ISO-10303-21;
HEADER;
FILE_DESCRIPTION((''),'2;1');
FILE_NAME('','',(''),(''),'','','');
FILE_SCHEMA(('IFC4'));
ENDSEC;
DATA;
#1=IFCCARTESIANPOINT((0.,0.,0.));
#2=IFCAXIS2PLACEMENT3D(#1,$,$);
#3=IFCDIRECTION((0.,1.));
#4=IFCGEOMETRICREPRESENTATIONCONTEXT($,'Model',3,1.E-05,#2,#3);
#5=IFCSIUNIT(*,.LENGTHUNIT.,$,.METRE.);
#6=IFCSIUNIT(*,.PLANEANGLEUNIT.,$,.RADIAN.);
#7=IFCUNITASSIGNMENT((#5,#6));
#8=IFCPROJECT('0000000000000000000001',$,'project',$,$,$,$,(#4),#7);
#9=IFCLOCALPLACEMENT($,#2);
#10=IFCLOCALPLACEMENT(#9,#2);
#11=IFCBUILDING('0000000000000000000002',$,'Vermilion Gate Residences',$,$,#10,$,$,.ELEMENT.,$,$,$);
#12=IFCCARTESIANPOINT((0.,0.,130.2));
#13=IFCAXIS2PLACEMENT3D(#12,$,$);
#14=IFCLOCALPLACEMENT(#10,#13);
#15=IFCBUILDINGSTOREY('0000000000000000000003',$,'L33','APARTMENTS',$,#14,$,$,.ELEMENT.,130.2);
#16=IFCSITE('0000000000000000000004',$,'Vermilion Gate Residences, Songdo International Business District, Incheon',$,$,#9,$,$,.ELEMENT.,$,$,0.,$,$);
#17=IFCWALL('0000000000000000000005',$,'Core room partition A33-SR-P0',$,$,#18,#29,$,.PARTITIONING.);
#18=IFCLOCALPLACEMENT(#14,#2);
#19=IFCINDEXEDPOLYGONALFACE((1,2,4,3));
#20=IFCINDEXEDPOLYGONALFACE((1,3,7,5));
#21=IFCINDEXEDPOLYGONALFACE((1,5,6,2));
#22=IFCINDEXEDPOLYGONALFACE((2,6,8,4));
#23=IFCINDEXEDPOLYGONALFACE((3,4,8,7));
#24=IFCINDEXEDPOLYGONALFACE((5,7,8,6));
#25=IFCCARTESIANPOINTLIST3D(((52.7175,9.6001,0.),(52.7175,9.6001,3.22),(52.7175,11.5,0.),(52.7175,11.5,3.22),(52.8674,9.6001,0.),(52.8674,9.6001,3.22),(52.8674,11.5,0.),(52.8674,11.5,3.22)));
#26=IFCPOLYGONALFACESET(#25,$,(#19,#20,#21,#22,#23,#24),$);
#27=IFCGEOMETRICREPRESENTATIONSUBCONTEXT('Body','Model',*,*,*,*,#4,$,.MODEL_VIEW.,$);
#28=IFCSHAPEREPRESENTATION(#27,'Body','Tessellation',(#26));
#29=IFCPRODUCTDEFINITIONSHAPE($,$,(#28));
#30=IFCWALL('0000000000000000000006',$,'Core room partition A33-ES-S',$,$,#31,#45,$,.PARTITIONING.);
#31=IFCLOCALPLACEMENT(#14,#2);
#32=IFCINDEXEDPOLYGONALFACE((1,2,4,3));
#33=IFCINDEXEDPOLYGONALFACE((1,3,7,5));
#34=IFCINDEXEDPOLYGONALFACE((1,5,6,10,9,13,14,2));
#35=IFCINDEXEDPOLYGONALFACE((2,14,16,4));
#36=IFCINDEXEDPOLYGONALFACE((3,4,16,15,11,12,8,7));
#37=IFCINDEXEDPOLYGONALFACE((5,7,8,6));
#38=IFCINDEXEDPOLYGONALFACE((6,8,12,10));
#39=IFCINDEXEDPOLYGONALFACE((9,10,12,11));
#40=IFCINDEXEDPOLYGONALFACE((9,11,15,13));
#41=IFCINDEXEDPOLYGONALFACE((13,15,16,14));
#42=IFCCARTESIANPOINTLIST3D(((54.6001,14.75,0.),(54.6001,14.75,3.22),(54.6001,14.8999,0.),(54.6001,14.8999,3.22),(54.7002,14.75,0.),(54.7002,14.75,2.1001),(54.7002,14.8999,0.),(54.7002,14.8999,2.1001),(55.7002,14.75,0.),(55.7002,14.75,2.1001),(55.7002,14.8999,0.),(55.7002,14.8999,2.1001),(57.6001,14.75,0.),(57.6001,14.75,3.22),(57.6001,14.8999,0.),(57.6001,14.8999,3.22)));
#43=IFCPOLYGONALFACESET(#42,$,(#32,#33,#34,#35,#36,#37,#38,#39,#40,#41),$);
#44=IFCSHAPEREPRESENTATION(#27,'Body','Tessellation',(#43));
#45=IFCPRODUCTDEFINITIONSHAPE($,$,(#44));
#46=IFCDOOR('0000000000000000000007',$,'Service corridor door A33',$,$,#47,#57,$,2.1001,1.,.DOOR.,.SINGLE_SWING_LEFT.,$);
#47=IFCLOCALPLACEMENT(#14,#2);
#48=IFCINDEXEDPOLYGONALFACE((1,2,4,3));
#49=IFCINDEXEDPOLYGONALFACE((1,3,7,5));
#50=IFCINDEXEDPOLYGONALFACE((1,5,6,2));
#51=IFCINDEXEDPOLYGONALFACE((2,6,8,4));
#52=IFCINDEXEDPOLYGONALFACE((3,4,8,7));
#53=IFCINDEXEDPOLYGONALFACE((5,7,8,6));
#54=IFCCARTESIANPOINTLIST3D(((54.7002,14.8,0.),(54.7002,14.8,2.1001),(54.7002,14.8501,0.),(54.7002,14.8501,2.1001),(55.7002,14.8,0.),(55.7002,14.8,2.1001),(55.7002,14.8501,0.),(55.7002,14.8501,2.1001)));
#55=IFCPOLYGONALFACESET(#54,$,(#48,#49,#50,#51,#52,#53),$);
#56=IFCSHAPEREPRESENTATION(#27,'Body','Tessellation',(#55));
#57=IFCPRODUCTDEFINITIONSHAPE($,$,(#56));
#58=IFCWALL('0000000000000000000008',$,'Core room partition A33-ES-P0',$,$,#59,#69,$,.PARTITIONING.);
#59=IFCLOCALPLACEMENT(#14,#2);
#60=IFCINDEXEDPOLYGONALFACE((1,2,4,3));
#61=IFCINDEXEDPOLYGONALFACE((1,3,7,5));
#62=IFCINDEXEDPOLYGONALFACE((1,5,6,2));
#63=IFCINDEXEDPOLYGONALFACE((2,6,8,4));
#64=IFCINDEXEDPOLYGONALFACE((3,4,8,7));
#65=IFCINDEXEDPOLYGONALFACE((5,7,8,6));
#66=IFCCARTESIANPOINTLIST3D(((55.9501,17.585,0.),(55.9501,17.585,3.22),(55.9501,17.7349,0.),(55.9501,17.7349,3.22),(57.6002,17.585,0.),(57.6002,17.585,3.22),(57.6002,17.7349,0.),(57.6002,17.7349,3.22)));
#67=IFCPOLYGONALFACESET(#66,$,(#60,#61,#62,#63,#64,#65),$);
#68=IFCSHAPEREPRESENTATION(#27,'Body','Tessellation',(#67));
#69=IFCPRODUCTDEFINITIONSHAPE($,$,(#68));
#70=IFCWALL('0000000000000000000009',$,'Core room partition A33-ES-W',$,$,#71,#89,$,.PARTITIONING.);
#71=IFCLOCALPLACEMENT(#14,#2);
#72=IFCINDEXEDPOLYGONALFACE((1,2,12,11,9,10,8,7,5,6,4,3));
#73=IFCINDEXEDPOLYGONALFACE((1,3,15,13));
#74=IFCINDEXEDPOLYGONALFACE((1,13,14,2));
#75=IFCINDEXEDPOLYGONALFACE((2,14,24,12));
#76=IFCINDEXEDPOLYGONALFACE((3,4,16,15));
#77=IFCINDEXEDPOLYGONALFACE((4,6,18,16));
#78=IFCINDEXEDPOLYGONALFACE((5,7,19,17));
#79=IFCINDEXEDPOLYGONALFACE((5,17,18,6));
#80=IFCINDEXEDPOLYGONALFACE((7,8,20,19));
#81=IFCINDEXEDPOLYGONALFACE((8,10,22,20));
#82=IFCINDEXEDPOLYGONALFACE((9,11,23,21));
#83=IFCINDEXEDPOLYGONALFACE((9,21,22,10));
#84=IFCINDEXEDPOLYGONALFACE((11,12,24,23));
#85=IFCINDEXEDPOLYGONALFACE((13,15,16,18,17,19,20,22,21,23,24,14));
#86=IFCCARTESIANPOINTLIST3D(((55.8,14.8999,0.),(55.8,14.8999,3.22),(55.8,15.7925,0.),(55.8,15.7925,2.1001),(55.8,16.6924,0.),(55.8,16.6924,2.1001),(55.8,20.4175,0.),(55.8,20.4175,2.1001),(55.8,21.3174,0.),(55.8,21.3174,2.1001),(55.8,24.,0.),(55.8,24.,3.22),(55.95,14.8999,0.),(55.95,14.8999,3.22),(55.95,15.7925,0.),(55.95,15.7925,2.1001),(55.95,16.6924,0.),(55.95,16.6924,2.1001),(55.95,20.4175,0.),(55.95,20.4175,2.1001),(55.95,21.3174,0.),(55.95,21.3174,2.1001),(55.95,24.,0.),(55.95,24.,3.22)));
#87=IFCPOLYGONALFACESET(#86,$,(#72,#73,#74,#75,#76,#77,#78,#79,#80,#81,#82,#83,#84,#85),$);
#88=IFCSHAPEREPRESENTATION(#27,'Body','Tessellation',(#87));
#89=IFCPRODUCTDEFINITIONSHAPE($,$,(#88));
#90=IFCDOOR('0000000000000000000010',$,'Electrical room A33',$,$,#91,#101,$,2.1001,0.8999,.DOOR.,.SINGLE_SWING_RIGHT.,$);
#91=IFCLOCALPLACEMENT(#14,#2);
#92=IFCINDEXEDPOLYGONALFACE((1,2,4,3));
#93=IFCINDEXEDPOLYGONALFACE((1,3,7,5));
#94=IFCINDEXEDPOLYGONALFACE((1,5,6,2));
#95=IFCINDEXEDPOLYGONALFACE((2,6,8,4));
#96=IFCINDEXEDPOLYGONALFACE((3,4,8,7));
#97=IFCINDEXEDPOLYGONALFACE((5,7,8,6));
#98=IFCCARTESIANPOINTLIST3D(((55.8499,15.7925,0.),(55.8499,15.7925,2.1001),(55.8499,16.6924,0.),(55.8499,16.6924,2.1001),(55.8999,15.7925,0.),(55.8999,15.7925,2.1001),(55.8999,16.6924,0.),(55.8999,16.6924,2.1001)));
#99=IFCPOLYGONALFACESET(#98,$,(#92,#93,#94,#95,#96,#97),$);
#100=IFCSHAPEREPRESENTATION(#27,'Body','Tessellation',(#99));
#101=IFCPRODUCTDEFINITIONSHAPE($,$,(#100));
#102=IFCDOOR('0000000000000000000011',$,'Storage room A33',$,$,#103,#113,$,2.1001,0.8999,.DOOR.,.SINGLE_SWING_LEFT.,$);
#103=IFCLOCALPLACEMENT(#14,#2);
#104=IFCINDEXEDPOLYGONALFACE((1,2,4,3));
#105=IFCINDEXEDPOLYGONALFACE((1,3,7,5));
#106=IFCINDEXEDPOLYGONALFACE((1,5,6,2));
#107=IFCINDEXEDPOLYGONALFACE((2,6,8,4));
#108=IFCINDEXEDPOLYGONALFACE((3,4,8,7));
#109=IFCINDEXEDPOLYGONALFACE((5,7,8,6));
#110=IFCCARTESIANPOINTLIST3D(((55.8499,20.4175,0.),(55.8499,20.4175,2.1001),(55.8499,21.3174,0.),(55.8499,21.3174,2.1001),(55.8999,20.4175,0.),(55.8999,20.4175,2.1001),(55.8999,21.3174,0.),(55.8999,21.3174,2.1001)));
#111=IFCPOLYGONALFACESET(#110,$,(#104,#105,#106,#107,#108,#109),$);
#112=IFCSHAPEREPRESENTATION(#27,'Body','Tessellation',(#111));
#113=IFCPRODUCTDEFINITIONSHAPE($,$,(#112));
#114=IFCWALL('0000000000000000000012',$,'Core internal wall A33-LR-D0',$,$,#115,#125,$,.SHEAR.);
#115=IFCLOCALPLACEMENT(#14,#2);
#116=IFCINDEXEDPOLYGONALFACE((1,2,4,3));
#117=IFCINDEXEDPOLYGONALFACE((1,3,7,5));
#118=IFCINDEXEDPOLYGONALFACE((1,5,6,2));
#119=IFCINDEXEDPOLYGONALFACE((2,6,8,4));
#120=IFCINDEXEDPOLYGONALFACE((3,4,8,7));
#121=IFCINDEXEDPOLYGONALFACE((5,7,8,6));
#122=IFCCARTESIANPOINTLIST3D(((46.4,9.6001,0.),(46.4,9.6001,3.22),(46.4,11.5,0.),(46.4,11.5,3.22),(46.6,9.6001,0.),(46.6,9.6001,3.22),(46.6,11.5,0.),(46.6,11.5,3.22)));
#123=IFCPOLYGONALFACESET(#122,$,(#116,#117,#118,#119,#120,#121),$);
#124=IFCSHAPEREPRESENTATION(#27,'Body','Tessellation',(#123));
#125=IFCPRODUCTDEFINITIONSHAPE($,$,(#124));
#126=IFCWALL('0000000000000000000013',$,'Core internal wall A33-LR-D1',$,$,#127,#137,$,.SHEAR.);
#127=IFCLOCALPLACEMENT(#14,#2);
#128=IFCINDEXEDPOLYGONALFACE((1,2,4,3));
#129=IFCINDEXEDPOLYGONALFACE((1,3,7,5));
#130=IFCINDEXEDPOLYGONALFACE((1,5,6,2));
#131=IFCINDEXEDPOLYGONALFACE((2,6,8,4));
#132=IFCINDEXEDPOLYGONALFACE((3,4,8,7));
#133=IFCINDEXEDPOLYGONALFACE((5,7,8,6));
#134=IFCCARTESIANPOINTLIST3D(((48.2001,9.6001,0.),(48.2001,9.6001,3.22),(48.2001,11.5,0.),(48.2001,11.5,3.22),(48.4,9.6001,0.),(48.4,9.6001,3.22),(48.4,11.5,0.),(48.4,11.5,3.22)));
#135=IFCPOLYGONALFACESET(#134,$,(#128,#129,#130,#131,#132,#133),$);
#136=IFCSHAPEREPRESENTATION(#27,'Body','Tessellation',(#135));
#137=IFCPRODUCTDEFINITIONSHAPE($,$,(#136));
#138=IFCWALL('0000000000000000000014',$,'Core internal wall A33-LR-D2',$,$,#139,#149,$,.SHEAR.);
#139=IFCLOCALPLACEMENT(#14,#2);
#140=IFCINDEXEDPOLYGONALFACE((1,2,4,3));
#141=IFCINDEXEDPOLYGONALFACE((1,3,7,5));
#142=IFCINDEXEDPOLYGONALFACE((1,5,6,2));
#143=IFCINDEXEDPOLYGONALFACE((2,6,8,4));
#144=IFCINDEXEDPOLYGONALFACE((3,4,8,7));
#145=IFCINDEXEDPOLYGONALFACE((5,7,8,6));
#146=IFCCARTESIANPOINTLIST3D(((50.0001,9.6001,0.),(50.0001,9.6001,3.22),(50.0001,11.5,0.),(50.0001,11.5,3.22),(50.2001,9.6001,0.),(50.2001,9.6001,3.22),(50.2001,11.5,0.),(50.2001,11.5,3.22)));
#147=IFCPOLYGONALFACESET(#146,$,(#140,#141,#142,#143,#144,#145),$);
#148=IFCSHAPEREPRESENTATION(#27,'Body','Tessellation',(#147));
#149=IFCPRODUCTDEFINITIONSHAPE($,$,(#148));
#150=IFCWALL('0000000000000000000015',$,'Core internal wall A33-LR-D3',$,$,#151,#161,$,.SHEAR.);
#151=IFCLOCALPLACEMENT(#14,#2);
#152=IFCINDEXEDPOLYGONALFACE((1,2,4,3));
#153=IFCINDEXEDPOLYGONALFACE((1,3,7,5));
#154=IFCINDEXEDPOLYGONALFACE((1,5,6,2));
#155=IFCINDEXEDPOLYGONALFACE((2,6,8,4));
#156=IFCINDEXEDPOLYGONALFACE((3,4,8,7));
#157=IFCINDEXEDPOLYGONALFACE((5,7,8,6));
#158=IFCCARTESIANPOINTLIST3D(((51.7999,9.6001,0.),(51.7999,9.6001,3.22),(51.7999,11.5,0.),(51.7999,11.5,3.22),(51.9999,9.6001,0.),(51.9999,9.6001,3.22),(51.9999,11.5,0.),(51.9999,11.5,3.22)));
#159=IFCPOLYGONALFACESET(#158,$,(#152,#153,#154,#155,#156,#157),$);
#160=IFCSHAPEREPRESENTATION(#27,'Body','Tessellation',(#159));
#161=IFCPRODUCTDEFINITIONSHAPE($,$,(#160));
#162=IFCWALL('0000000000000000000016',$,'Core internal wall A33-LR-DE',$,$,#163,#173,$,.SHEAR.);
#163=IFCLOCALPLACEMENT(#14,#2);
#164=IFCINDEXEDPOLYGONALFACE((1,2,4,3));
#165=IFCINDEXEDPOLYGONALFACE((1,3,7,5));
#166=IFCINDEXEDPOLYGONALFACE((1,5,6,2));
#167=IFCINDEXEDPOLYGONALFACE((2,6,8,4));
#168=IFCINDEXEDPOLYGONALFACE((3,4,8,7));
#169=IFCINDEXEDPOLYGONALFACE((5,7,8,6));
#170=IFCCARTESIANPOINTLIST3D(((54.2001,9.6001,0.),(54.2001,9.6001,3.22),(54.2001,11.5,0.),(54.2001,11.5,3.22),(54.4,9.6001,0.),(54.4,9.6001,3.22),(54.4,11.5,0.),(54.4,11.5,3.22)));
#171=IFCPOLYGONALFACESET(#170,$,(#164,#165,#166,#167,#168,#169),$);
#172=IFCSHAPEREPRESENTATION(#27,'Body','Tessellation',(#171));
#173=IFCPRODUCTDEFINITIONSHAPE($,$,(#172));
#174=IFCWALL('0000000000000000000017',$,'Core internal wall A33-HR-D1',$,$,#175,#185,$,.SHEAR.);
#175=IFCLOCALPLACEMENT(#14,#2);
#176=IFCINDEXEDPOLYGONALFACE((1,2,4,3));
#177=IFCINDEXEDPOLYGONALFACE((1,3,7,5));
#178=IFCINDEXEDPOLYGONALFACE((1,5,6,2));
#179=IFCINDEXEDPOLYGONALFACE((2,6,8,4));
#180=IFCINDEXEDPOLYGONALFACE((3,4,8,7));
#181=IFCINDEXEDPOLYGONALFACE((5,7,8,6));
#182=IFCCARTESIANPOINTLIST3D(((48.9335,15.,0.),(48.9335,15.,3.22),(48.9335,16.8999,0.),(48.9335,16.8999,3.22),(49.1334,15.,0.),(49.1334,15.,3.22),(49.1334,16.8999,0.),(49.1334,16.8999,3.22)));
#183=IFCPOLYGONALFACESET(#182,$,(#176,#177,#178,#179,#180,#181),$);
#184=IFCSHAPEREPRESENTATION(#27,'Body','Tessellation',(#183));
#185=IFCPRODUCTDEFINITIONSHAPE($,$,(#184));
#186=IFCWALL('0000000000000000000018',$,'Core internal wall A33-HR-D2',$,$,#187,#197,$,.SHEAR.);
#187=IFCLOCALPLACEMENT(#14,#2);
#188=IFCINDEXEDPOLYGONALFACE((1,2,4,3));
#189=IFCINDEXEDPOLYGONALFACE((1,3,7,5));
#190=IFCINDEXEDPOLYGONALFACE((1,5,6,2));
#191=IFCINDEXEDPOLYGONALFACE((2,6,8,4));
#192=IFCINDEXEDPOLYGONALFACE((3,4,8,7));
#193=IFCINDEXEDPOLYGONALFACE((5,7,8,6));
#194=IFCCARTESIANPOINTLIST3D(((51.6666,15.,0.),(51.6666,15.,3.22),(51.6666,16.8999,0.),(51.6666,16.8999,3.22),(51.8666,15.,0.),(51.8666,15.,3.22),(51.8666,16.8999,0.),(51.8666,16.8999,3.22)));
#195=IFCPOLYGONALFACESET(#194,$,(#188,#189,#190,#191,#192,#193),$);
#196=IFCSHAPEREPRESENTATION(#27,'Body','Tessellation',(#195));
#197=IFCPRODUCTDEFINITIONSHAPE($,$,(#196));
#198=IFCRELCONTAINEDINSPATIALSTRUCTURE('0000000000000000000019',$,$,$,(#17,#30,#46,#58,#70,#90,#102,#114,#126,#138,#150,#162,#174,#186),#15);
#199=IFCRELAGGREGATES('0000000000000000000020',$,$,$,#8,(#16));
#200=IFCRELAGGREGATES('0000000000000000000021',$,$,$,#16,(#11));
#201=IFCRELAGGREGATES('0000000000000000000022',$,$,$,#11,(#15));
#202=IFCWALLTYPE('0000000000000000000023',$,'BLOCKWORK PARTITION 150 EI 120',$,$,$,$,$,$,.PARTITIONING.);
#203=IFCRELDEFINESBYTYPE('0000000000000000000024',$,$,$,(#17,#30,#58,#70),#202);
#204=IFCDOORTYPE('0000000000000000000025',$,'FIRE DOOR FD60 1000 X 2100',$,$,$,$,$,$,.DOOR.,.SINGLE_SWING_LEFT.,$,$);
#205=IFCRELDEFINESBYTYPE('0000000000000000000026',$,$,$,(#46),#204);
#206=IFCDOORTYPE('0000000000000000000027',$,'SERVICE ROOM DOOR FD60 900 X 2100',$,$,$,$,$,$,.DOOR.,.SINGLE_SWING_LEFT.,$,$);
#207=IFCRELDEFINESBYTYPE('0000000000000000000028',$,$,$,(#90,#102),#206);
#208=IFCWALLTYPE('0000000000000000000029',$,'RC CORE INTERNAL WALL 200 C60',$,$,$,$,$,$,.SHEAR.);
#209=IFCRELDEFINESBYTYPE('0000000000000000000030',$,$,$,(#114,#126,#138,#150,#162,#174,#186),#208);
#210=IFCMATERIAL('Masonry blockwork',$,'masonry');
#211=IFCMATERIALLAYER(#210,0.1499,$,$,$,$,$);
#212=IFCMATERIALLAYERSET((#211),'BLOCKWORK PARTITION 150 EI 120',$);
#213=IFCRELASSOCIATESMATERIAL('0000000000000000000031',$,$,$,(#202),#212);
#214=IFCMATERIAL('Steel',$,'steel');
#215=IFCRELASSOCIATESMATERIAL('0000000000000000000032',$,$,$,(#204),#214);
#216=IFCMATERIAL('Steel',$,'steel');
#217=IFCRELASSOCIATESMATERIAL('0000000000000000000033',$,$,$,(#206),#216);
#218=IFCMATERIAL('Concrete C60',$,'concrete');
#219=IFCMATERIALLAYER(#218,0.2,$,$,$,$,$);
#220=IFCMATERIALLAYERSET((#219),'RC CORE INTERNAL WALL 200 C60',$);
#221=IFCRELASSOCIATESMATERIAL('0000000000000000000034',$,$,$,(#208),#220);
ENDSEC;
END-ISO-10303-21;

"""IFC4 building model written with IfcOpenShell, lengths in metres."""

from ifc_helpers import new_model, si_unit, direction, frame, frame_2d, origin, place, context, subcontext, project, spatial, rectangle, extrude, material, layer, layer_set, type_object, element, fill, save


model = new_model("IFC4")

# Units and contexts
model_context = context("Model", 3, precision=1e-05, world=origin(), true_north=direction((0.0, 1.0)))
body_context = subcontext(model_context, "Body", "Model", "MODEL_VIEW")
ifc_project = project(units=[si_unit("LENGTHUNIT", "METRE"), si_unit("PLANEANGLEUNIT", "RADIAN")], contexts=[model_context])

# Site, building, storey
site_placement = place(None, origin())
site = spatial("IfcSite", under=ifc_project, at=site_placement, Name="Vermilion Gate Residences, Songdo International Business District, Incheon", CompositionType="ELEMENT", RefElevation=0.0)
building_placement = place(site_placement, origin())
building = spatial("IfcBuilding", under=site, at=building_placement, Name="Vermilion Gate Residences", CompositionType="ELEMENT")
storey_placement = place(building_placement, frame((0.0, 0.0, 130.2)))
storey = spatial("IfcBuildingStorey", under=building, at=storey_placement, Name="L33", Description="APARTMENTS", CompositionType="ELEMENT", Elevation=130.2)

# Wall
ifc_material_1 = material(Name="Masonry blockwork", Category="masonry")
ifc_layer_1 = layer(ifc_material_1, 0.1499)
ifc_layer_set_1 = layer_set([ifc_layer_1], Name="BLOCKWORK PARTITION 150 EI 120")
wall_type_1 = type_object("IfcWallType", Name="BLOCKWORK PARTITION 150 EI 120", PredefinedType="PARTITIONING", material=ifc_layer_set_1)
wall_1_placement = place(storey_placement, frame((52.7925, 9.6001, 0.0), z_axis=(0.0, 0.0, 1.0), x_axis=(0.0, 1.0, 0.0)))
element("IfcWall", 1, at=wall_1_placement, inside=storey, type_object=wall_type_1, Name="Core room partition A33-SR-P0", PredefinedType="PARTITIONING", context=body_context, shape_type="SweptSolid", body=[
    extrude(rectangle(XDim=1.8999, YDim=0.1499, at=frame_2d((0.95, 0.0))), origin(), (0.0, 0.0, 1.0), 3.22),
])

# Wall, opening, door
wall_2_placement = place(storey_placement, frame((54.6001, 14.825, 0.0), z_axis=(0.0, 0.0, 1.0), x_axis=(1.0, 0.0, 0.0)))
wall_2 = element("IfcWall", 2, at=wall_2_placement, inside=storey, type_object=wall_type_1, Name="Core room partition A33-ES-S", PredefinedType="PARTITIONING", context=body_context, shape_type="SweptSolid", body=[
    extrude(rectangle(XDim=3.0, YDim=0.1499, at=frame_2d((1.5, 0.0))), origin(), (0.0, 0.0, 1.0), 3.22),
])
opening_1_placement = place(wall_2_placement, frame((0.1001, 0.0, 0.0)))
opening_1 = element("IfcOpeningElement", 3, at=opening_1_placement, cuts=wall_2, PredefinedType="OPENING", context=body_context, shape_type="SweptSolid", body=[
    extrude(rectangle(XDim=1.0, YDim=2.1001, at=frame_2d((0.5, 1.05))), frame((0.0, 0.085, 0.0), z_axis=(0.0, -1.0, 0.0), x_axis=(1.0, 0.0, 0.0)), (0.0, 0.0, 1.0), 0.1699),
])
ifc_material_2 = material(Name="Steel", Category="steel")
door_type_1 = type_object("IfcDoorType", Name="FIRE DOOR FD60 1000 X 2100", OperationType="SINGLE_SWING_LEFT", PredefinedType="DOOR", material=ifc_material_2)
door_1_placement = place(opening_1_placement, frame((1.0, 0.0, 0.0), z_axis=(0.0, 0.0, 1.0), x_axis=(-1.0, 0.0, 0.0)))
door_1 = element("IfcDoor", 4, at=door_1_placement, inside=storey, type_object=door_type_1, Name="Service corridor door A33", OperationType="SINGLE_SWING_LEFT", OverallHeight=2.1001, OverallWidth=1.0, PredefinedType="DOOR", context=body_context, shape_type="SweptSolid", body=[
    extrude(rectangle(XDim=1.0, YDim=2.1001, at=frame_2d((0.5, 1.05))), frame((0.0, 0.0249, 0.0), z_axis=(0.0, -1.0, 0.0), x_axis=(1.0, 0.0, 0.0)), (0.0, 0.0, 1.0), 0.05),
])
fill(opening_1, door_1)

# Wall
wall_3_placement = place(storey_placement, frame((55.95, 17.6599, 0.0), z_axis=(0.0, 0.0, 1.0), x_axis=(1.0, 0.0, 0.0)))
element("IfcWall", 5, at=wall_3_placement, inside=storey, type_object=wall_type_1, Name="Core room partition A33-ES-P0", PredefinedType="PARTITIONING", context=body_context, shape_type="SweptSolid", body=[
    extrude(rectangle(XDim=1.6501, YDim=0.1499, at=frame_2d((0.8252, 0.0))), origin(), (0.0, 0.0, 1.0), 3.22),
])

# Wall, openings, doors
wall_4_placement = place(storey_placement, frame((55.875, 14.8999, 0.0), z_axis=(0.0, 0.0, 1.0), x_axis=(0.0, 1.0, 0.0)))
wall_4 = element("IfcWall", 6, at=wall_4_placement, inside=storey, type_object=wall_type_1, Name="Core room partition A33-ES-W", PredefinedType="PARTITIONING", context=body_context, shape_type="SweptSolid", body=[
    extrude(rectangle(XDim=9.1001, YDim=0.1499, at=frame_2d((4.55, 0.0))), origin(), (0.0, 0.0, 1.0), 3.22),
])
opening_2_placement = place(wall_4_placement, frame((0.8926, 0.0, 0.0)))
opening_2 = element("IfcOpeningElement", 7, at=opening_2_placement, cuts=wall_4, PredefinedType="OPENING", context=body_context, shape_type="SweptSolid", body=[
    extrude(rectangle(XDim=0.8999, YDim=2.1001, at=frame_2d((0.45, 1.05))), frame((0.0, 0.085, 0.0), z_axis=(0.0, -1.0, 0.0), x_axis=(1.0, 0.0, 0.0)), (0.0, 0.0, 1.0), 0.1699),
])
opening_3_placement = place(wall_4_placement, frame((5.5176, 0.0, 0.0)))
opening_3 = element("IfcOpeningElement", 8, at=opening_3_placement, cuts=wall_4, PredefinedType="OPENING", context=body_context, shape_type="SweptSolid", body=[
    extrude(rectangle(XDim=0.8999, YDim=2.1001, at=frame_2d((0.45, 1.05))), frame((0.0, 0.085, 0.0), z_axis=(0.0, -1.0, 0.0), x_axis=(1.0, 0.0, 0.0)), (0.0, 0.0, 1.0), 0.1699),
])
ifc_material_3 = material(Name="Steel", Category="steel")
door_type_2 = type_object("IfcDoorType", Name="SERVICE ROOM DOOR FD60 900 X 2100", OperationType="SINGLE_SWING_LEFT", PredefinedType="DOOR", material=ifc_material_3)
door_2_placement = place(opening_2_placement, frame((0.8999, 0.0, 0.0), z_axis=(0.0, 0.0, 1.0), x_axis=(-1.0, 0.0, 0.0)))
door_2 = element("IfcDoor", 9, at=door_2_placement, inside=storey, type_object=door_type_2, Name="Electrical room A33", OperationType="SINGLE_SWING_RIGHT", OverallHeight=2.1001, OverallWidth=0.8999, PredefinedType="DOOR", context=body_context, shape_type="SweptSolid", body=[
    extrude(rectangle(XDim=0.8999, YDim=2.1001, at=frame_2d((0.45, 1.05))), frame((0.0, 0.0249, 0.0), z_axis=(0.0, -1.0, 0.0), x_axis=(1.0, 0.0, 0.0)), (0.0, 0.0, 1.0), 0.05),
])
fill(opening_2, door_2)
door_3_placement = place(opening_3_placement, frame((0.8999, 0.0, 0.0), z_axis=(0.0, 0.0, 1.0), x_axis=(-1.0, 0.0, 0.0)))
door_3 = element("IfcDoor", 10, at=door_3_placement, inside=storey, type_object=door_type_2, Name="Storage room A33", OperationType="SINGLE_SWING_LEFT", OverallHeight=2.1001, OverallWidth=0.8999, PredefinedType="DOOR", context=body_context, shape_type="SweptSolid", body=[
    extrude(rectangle(XDim=0.8999, YDim=2.1001, at=frame_2d((0.45, 1.05))), frame((0.0, 0.0249, 0.0), z_axis=(0.0, -1.0, 0.0), x_axis=(1.0, 0.0, 0.0)), (0.0, 0.0, 1.0), 0.05),
])
fill(opening_3, door_3)

# Walls
ifc_material_4 = material(Name="Concrete C60", Category="concrete")
ifc_layer_2 = layer(ifc_material_4, 0.2)
ifc_layer_set_2 = layer_set([ifc_layer_2], Name="RC CORE INTERNAL WALL 200 C60")
wall_type_2 = type_object("IfcWallType", Name="RC CORE INTERNAL WALL 200 C60", PredefinedType="SHEAR", material=ifc_layer_set_2)
for number, where, z_axis, x_axis, name in (
    (11, (46.5, 9.6001, 0.0), (0.0, 0.0, 1.0), (0.0, 1.0, 0.0), "Core internal wall A33-LR-D0"),
    (12, (48.3, 9.6001, 0.0), (0.0, 0.0, 1.0), (0.0, 1.0, 0.0), "Core internal wall A33-LR-D1"),
    (13, (50.1001, 9.6001, 0.0), (0.0, 0.0, 1.0), (0.0, 1.0, 0.0), "Core internal wall A33-LR-D2"),
    (14, (51.8999, 9.6001, 0.0), (0.0, 0.0, 1.0), (0.0, 1.0, 0.0), "Core internal wall A33-LR-D3"),
    (15, (54.3, 9.6001, 0.0), (0.0, 0.0, 1.0), (0.0, 1.0, 0.0), "Core internal wall A33-LR-DE"),
    (16, (49.0334, 15.0, 0.0), (0.0, 0.0, 1.0), (0.0, 1.0, 0.0), "Core internal wall A33-HR-D1"),
    (17, (51.7666, 15.0, 0.0), (0.0, 0.0, 1.0), (0.0, 1.0, 0.0), "Core internal wall A33-HR-D2"),
):
    element("IfcWall", number, at=place(storey_placement, frame(where, z_axis=z_axis, x_axis=x_axis)), inside=storey, type_object=wall_type_2, Name=name, PredefinedType="SHEAR", context=body_context, shape_type="SweptSolid", body=[
        extrude(rectangle(XDim=1.8999, YDim=0.2, at=frame_2d((0.95, 0.0))), origin(), (0.0, 0.0, 1.0), 3.22),
    ])

save(model, "model.ifc")
